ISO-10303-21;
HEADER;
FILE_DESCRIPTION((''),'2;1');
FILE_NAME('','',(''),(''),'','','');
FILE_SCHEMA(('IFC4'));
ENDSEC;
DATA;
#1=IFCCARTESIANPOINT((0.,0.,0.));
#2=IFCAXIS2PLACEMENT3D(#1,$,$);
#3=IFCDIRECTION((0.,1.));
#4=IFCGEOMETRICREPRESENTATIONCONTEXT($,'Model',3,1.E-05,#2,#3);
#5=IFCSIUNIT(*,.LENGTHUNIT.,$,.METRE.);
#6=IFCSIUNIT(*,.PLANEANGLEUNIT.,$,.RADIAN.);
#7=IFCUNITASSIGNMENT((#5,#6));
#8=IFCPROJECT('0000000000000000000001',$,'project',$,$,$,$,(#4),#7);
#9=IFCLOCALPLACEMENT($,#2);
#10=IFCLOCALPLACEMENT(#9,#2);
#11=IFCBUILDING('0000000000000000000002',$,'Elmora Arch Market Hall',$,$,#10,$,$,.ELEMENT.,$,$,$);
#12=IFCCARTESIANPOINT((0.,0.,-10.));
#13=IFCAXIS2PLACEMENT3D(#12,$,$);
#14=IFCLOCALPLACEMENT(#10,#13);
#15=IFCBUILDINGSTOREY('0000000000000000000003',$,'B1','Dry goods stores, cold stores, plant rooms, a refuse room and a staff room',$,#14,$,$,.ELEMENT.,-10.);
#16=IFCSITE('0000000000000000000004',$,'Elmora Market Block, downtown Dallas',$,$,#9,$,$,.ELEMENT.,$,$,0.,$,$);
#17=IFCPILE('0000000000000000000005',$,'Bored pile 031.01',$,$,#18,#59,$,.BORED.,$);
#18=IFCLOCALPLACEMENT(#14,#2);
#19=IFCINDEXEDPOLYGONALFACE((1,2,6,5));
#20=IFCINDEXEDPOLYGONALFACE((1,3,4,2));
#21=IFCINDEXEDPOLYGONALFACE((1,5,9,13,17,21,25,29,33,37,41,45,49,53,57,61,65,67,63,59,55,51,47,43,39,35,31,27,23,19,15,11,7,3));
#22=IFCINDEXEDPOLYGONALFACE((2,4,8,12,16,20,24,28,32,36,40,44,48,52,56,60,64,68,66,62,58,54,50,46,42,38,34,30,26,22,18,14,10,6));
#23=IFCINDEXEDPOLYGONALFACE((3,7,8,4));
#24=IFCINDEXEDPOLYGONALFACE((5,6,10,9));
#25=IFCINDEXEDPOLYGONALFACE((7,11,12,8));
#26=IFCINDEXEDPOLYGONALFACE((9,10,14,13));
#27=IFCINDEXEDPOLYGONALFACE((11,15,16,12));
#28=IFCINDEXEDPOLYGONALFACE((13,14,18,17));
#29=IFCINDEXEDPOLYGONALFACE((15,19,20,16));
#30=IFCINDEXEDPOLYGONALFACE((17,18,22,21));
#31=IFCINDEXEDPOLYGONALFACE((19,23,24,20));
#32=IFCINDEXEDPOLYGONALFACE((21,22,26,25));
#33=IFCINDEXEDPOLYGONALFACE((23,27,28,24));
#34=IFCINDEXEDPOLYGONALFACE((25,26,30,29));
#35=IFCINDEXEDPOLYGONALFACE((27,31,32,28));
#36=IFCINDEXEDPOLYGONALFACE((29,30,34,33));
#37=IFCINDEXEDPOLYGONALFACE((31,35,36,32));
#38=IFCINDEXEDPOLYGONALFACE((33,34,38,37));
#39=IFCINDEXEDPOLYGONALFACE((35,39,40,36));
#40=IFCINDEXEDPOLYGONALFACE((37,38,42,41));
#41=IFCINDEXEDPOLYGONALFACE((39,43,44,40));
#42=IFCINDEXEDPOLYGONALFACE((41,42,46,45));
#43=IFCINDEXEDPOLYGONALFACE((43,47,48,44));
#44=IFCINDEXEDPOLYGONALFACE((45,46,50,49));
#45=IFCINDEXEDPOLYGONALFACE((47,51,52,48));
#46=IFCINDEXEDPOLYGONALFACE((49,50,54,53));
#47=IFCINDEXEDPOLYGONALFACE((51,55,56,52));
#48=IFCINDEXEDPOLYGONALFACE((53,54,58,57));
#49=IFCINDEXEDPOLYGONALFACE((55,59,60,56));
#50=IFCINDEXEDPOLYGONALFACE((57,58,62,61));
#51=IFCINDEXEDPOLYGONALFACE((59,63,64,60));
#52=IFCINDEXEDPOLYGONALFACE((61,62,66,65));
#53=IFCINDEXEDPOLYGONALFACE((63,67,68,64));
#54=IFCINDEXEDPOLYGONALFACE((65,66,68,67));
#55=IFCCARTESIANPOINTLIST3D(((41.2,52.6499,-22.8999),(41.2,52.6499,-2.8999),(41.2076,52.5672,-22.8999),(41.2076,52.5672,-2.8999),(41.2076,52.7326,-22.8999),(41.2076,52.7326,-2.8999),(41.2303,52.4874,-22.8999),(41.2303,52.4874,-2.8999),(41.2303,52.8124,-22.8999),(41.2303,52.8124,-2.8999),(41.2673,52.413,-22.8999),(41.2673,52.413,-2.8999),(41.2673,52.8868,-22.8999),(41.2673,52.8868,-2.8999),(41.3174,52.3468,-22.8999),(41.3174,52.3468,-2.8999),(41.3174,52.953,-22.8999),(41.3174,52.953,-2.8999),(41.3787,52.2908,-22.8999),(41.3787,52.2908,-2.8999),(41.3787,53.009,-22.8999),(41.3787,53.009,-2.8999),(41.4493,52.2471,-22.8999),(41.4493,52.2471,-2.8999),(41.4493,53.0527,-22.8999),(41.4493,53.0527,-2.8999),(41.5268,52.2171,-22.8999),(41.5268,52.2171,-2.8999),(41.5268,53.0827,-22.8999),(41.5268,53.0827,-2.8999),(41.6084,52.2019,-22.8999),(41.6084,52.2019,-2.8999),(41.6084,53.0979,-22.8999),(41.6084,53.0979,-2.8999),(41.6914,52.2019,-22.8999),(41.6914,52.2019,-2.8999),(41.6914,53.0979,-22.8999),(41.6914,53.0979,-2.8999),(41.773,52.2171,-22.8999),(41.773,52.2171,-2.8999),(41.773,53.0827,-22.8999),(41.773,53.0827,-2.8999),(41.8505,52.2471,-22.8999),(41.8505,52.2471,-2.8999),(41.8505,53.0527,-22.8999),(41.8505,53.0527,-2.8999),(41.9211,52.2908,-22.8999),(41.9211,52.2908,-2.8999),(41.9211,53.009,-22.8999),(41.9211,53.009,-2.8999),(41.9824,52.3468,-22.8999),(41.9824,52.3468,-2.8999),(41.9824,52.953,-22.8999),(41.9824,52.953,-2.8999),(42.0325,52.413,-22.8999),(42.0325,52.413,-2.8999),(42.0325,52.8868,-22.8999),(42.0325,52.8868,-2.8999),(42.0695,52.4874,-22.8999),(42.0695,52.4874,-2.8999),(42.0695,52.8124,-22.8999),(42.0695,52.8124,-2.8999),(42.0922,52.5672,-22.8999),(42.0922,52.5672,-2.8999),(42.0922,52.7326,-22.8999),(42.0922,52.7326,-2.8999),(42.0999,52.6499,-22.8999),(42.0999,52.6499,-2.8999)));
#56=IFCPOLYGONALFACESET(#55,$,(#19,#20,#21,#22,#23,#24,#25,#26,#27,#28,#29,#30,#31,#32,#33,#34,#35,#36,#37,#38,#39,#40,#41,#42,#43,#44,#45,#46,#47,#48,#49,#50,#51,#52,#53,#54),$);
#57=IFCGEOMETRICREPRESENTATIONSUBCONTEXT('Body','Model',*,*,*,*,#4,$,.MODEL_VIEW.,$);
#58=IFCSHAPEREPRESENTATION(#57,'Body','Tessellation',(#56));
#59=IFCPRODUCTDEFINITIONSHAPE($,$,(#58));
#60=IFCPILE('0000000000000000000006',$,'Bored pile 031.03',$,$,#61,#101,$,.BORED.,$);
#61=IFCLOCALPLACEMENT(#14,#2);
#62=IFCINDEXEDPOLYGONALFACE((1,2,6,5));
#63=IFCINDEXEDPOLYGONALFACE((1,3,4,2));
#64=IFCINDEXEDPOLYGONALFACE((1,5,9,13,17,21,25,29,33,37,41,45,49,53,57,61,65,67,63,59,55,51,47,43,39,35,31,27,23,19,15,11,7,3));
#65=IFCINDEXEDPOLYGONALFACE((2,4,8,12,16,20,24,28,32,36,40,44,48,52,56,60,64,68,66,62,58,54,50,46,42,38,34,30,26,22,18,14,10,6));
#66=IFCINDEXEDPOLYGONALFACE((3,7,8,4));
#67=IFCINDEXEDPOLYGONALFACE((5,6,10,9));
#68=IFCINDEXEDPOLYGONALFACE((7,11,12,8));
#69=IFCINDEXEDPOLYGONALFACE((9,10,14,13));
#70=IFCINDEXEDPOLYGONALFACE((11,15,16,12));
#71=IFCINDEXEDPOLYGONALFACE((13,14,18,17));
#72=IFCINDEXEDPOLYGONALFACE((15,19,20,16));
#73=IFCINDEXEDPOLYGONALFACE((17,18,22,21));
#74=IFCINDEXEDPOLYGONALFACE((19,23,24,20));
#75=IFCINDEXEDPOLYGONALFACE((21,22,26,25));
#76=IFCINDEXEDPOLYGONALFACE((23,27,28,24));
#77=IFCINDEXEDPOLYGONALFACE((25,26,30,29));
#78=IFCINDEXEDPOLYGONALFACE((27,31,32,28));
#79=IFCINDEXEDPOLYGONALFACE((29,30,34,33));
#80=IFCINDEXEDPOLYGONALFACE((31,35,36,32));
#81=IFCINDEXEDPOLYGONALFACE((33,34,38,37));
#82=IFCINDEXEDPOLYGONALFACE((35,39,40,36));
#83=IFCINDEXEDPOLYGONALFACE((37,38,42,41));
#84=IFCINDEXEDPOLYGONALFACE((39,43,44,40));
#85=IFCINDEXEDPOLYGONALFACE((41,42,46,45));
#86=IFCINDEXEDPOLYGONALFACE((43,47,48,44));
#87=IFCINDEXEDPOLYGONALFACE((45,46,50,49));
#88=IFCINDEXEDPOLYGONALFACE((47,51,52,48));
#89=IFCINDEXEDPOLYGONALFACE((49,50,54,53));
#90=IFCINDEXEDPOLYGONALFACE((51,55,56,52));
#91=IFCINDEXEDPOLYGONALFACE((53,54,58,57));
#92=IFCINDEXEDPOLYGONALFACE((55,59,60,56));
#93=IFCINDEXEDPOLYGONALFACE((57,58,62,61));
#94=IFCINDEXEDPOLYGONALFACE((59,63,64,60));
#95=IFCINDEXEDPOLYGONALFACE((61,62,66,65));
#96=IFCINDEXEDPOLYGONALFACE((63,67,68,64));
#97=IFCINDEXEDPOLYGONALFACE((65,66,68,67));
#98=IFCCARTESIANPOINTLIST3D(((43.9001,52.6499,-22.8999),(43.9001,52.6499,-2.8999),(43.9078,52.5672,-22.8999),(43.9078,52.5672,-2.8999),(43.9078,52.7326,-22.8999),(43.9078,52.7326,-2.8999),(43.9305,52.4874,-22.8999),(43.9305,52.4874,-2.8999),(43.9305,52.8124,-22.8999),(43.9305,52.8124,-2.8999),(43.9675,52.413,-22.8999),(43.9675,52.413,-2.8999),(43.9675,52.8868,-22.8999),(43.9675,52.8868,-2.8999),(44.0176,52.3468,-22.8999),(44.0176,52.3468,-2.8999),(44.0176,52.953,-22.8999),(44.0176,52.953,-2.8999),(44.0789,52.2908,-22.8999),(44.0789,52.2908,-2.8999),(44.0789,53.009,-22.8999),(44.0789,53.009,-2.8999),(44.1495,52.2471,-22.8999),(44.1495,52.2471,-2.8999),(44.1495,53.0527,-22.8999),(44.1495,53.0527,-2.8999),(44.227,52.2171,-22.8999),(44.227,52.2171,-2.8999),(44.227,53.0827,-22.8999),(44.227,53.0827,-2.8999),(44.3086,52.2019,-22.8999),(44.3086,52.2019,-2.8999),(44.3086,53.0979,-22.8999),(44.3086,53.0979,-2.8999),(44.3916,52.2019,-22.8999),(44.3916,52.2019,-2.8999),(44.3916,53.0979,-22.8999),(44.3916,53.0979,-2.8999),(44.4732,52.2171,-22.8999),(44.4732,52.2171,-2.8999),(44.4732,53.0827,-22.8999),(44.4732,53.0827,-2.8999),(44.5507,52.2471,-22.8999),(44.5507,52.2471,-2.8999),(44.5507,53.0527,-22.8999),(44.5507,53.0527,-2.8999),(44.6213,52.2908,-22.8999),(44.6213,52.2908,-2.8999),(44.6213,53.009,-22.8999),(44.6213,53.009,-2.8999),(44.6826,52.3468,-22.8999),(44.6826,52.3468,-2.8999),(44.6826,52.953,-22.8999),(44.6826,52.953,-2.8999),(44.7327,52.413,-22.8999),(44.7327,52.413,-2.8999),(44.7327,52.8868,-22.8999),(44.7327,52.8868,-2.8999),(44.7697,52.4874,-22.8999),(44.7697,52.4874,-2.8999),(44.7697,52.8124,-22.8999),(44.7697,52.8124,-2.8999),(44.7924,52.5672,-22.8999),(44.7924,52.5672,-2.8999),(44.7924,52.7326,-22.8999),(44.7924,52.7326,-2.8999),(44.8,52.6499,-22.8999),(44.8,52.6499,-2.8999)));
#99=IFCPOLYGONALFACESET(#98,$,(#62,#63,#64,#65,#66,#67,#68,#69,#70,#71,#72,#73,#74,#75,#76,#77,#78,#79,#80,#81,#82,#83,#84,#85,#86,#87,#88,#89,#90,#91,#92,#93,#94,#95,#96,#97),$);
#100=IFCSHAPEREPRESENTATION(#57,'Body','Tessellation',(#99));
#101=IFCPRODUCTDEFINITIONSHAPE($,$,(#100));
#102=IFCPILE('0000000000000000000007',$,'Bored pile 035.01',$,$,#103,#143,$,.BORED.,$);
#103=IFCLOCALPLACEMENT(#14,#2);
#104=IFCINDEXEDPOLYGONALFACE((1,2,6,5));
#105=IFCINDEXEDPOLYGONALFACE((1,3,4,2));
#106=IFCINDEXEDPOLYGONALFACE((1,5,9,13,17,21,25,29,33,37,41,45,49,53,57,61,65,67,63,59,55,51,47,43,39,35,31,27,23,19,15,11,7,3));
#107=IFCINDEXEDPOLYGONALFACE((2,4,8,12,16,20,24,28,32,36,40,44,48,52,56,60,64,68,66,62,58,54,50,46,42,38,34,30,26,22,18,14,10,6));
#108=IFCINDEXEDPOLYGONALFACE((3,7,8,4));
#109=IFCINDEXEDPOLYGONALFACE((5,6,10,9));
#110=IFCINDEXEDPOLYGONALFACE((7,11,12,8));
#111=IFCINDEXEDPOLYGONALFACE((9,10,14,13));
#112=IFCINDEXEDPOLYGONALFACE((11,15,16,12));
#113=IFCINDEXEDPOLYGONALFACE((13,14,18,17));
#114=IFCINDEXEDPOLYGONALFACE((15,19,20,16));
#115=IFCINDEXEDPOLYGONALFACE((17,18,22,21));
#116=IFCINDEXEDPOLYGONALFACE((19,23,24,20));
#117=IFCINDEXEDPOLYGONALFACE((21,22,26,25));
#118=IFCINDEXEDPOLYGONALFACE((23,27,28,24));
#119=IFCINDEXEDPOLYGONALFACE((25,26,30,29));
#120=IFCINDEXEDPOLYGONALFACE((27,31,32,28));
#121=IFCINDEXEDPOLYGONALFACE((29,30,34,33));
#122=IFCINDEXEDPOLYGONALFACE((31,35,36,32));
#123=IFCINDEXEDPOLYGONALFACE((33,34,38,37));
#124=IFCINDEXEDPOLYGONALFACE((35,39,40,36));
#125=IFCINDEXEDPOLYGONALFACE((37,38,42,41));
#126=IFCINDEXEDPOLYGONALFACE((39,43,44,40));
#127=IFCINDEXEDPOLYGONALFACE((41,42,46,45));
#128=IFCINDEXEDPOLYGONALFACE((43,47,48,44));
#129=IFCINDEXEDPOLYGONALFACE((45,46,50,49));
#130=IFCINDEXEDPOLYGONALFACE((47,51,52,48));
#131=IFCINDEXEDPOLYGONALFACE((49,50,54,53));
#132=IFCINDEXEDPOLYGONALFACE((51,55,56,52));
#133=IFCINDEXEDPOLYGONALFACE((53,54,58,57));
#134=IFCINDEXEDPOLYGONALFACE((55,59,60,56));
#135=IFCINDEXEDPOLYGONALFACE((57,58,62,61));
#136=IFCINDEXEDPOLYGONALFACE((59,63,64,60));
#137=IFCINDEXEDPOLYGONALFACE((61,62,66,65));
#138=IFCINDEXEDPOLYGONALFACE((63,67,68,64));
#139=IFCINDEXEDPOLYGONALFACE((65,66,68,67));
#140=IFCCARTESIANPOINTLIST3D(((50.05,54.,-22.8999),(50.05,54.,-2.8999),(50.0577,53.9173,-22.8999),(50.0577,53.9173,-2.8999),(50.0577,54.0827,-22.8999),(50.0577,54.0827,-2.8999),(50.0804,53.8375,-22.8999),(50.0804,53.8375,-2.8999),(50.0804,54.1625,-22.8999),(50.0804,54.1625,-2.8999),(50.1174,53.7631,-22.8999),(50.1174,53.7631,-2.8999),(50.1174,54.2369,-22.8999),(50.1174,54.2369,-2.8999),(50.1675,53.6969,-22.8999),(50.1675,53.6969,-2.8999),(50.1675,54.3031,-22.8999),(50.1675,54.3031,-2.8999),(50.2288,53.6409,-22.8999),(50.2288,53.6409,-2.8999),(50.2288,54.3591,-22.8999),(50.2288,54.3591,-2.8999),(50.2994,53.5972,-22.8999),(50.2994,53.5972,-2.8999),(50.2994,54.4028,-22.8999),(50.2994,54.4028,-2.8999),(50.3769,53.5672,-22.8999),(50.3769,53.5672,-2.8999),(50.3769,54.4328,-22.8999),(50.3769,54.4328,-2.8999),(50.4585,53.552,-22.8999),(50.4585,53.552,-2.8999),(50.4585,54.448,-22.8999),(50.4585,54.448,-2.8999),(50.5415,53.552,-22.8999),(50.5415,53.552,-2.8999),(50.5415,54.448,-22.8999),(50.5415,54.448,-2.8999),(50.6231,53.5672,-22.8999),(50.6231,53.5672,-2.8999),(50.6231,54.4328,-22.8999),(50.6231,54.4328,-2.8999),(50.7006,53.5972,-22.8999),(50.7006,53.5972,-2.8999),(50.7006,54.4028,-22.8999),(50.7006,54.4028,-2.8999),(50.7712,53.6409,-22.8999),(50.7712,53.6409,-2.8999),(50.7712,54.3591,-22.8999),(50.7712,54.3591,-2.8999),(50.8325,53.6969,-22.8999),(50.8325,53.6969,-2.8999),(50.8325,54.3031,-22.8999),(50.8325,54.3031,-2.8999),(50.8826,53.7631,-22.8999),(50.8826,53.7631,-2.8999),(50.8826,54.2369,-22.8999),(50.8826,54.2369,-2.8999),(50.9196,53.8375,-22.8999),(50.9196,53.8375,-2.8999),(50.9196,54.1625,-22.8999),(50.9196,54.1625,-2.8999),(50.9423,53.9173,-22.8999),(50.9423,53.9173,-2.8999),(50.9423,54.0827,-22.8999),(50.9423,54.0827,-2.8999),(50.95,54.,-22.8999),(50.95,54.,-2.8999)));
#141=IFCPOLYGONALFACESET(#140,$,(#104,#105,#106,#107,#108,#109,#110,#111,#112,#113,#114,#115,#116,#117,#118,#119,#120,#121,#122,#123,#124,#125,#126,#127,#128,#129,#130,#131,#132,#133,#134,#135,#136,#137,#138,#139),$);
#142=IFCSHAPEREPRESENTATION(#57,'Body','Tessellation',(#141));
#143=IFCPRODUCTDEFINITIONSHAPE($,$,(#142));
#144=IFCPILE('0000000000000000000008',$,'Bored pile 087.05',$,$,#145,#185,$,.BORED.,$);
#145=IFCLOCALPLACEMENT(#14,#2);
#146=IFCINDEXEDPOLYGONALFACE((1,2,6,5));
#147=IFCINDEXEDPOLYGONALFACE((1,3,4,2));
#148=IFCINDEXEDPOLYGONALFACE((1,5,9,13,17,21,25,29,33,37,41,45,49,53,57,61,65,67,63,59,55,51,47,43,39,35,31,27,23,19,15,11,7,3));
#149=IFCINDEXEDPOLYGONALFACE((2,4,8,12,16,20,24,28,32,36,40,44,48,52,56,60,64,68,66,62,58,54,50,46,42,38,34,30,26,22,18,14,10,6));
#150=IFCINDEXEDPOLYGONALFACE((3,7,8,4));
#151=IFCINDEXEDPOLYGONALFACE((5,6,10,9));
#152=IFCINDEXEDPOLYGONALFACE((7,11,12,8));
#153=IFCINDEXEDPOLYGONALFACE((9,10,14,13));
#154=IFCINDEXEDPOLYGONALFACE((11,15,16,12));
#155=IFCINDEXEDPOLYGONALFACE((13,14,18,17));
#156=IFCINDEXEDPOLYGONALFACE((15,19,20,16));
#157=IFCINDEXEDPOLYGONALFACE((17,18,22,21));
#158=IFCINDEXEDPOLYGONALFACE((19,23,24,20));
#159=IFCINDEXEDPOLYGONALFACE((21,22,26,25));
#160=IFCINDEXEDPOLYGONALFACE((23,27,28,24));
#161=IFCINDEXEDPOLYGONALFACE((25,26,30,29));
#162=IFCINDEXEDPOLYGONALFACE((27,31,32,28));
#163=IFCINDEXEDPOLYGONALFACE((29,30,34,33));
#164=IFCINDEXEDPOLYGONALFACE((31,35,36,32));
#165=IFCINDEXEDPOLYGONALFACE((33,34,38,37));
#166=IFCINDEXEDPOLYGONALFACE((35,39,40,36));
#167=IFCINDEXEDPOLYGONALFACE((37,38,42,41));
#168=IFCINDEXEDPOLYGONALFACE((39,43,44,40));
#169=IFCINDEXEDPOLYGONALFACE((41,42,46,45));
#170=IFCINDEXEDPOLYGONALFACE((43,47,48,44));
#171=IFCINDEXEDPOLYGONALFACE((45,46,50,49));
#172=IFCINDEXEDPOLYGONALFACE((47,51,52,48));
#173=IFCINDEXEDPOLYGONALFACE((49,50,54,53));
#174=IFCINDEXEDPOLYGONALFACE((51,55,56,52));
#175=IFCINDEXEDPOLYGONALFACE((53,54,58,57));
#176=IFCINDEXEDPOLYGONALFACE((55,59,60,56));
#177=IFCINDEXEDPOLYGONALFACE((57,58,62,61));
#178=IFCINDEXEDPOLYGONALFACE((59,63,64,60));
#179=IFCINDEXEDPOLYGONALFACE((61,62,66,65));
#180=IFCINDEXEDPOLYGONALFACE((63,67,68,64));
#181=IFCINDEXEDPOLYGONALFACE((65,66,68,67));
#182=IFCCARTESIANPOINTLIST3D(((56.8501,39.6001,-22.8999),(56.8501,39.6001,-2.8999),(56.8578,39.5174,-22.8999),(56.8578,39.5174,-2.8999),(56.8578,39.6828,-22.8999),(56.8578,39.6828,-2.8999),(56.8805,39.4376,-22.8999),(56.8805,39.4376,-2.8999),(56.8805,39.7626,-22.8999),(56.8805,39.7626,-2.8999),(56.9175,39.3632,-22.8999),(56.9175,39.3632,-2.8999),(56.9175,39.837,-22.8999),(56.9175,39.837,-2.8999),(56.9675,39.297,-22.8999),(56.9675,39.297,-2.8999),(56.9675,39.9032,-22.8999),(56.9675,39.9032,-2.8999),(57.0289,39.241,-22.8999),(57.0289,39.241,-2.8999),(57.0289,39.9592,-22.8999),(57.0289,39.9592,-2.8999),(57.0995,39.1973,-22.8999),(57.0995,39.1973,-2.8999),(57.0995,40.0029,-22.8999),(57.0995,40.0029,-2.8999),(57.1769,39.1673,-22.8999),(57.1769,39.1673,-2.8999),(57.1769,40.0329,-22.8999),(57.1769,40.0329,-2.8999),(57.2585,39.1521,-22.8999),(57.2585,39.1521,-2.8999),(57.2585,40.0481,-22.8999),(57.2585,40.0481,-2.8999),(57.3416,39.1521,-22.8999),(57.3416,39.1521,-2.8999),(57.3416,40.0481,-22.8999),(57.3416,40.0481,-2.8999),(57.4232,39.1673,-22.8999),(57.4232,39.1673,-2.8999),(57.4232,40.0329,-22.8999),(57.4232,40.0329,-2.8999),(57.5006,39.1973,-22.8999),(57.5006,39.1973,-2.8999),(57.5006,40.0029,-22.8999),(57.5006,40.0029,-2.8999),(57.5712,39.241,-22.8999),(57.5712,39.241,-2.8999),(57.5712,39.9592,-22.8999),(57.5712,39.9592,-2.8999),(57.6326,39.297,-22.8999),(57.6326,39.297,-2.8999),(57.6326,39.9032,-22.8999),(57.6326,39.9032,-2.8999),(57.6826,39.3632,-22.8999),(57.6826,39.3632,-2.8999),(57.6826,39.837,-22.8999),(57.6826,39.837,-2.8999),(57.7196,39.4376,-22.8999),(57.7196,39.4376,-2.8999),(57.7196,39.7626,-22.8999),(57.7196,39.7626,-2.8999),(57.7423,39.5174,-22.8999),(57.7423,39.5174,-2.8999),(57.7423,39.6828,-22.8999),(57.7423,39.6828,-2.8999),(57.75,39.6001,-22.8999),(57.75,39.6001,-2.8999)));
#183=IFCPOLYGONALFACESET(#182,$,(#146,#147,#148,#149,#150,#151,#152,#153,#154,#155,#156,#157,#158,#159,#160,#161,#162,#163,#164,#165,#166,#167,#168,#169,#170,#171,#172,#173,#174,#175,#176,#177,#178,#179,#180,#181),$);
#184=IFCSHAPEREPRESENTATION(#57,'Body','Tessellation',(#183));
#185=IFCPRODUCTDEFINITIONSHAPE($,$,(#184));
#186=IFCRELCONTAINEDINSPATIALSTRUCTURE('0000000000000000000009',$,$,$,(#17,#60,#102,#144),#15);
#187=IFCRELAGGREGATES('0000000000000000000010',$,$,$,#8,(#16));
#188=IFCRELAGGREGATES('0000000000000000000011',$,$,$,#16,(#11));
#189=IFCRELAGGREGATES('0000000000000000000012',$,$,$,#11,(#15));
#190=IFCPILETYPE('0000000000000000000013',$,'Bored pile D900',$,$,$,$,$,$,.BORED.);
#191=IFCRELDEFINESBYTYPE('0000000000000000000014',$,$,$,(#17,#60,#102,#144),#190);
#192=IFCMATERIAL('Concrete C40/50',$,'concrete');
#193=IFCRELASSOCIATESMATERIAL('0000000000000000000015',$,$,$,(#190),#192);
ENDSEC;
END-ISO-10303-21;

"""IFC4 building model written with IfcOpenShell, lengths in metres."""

from ifc_helpers import new_model, si_unit, direction, frame, origin, origin_2d, place, context, subcontext, project, spatial, circle, extrude, material, material_profile, profile_set, type_object, element, save


model = new_model("IFC4")

# Units and contexts
model_context = context("Model", 3, precision=1e-05, world=origin(), true_north=direction((0.0, 1.0)))
body_context = subcontext(model_context, "Body", "Model", "MODEL_VIEW")
ifc_project = project(units=[si_unit("LENGTHUNIT", "METRE"), si_unit("PLANEANGLEUNIT", "RADIAN")], contexts=[model_context])

# Site, building, storey
site_placement = place(None, origin())
site = spatial("IfcSite", under=ifc_project, at=site_placement, Name="Elmora Market Block, downtown Dallas", CompositionType="ELEMENT", RefElevation=0.0)
building_placement = place(site_placement, origin())
building = spatial("IfcBuilding", under=site, at=building_placement, Name="Elmora Arch Market Hall", CompositionType="ELEMENT")
storey_placement = place(building_placement, frame((0.0, 0.0, -10.0)))
storey = spatial("IfcBuildingStorey", under=building, at=storey_placement, Name="B1", Description="Dry goods stores, cold stores, plant rooms, a refuse room and a staff room", CompositionType="ELEMENT", Elevation=-10.0)

# Piles
ifc_material_1 = material(Name="Concrete C40/50", Category="concrete")
ifc_material_profile_1 = material_profile(ifc_material_1, circle(Radius=0.45, at=origin_2d()), Name="Bored pile D900")
ifc_profile_set_1 = profile_set([ifc_material_profile_1], Name="Concrete C40/50")
pile_type = type_object("IfcPileType", Name="Bored pile D900", PredefinedType="BORED", material=ifc_profile_set_1)
for number, where, z_axis, x_axis, name in (
    (1, (41.6499, 52.6499, -2.8999), (0.0, 0.0, -1.0), (1.0, 0.0, 0.0), "Bored pile 031.01"),
    (2, (44.3501, 52.6499, -2.8999), (0.0, 0.0, -1.0), (1.0, 0.0, 0.0), "Bored pile 031.03"),
    (3, (50.5, 54.0, -2.8999), (0.0, 0.0, -1.0), (1.0, 0.0, 0.0), "Bored pile 035.01"),
    (4, (57.3, 39.6001, -2.8999), (0.0, 0.0, -1.0), (1.0, 0.0, 0.0), "Bored pile 087.05"),
):
    element("IfcPile", number, at=place(storey_placement, frame(where, z_axis=z_axis, x_axis=x_axis)), inside=storey, type_object=pile_type, Name=name, PredefinedType="BORED", context=body_context, shape_type="SweptSolid", body=[
        extrude(circle(Radius=0.45, at=origin_2d()), origin(), (0.0, 0.0, 1.0), 20.0),
    ])

save(model, "model.ifc")
